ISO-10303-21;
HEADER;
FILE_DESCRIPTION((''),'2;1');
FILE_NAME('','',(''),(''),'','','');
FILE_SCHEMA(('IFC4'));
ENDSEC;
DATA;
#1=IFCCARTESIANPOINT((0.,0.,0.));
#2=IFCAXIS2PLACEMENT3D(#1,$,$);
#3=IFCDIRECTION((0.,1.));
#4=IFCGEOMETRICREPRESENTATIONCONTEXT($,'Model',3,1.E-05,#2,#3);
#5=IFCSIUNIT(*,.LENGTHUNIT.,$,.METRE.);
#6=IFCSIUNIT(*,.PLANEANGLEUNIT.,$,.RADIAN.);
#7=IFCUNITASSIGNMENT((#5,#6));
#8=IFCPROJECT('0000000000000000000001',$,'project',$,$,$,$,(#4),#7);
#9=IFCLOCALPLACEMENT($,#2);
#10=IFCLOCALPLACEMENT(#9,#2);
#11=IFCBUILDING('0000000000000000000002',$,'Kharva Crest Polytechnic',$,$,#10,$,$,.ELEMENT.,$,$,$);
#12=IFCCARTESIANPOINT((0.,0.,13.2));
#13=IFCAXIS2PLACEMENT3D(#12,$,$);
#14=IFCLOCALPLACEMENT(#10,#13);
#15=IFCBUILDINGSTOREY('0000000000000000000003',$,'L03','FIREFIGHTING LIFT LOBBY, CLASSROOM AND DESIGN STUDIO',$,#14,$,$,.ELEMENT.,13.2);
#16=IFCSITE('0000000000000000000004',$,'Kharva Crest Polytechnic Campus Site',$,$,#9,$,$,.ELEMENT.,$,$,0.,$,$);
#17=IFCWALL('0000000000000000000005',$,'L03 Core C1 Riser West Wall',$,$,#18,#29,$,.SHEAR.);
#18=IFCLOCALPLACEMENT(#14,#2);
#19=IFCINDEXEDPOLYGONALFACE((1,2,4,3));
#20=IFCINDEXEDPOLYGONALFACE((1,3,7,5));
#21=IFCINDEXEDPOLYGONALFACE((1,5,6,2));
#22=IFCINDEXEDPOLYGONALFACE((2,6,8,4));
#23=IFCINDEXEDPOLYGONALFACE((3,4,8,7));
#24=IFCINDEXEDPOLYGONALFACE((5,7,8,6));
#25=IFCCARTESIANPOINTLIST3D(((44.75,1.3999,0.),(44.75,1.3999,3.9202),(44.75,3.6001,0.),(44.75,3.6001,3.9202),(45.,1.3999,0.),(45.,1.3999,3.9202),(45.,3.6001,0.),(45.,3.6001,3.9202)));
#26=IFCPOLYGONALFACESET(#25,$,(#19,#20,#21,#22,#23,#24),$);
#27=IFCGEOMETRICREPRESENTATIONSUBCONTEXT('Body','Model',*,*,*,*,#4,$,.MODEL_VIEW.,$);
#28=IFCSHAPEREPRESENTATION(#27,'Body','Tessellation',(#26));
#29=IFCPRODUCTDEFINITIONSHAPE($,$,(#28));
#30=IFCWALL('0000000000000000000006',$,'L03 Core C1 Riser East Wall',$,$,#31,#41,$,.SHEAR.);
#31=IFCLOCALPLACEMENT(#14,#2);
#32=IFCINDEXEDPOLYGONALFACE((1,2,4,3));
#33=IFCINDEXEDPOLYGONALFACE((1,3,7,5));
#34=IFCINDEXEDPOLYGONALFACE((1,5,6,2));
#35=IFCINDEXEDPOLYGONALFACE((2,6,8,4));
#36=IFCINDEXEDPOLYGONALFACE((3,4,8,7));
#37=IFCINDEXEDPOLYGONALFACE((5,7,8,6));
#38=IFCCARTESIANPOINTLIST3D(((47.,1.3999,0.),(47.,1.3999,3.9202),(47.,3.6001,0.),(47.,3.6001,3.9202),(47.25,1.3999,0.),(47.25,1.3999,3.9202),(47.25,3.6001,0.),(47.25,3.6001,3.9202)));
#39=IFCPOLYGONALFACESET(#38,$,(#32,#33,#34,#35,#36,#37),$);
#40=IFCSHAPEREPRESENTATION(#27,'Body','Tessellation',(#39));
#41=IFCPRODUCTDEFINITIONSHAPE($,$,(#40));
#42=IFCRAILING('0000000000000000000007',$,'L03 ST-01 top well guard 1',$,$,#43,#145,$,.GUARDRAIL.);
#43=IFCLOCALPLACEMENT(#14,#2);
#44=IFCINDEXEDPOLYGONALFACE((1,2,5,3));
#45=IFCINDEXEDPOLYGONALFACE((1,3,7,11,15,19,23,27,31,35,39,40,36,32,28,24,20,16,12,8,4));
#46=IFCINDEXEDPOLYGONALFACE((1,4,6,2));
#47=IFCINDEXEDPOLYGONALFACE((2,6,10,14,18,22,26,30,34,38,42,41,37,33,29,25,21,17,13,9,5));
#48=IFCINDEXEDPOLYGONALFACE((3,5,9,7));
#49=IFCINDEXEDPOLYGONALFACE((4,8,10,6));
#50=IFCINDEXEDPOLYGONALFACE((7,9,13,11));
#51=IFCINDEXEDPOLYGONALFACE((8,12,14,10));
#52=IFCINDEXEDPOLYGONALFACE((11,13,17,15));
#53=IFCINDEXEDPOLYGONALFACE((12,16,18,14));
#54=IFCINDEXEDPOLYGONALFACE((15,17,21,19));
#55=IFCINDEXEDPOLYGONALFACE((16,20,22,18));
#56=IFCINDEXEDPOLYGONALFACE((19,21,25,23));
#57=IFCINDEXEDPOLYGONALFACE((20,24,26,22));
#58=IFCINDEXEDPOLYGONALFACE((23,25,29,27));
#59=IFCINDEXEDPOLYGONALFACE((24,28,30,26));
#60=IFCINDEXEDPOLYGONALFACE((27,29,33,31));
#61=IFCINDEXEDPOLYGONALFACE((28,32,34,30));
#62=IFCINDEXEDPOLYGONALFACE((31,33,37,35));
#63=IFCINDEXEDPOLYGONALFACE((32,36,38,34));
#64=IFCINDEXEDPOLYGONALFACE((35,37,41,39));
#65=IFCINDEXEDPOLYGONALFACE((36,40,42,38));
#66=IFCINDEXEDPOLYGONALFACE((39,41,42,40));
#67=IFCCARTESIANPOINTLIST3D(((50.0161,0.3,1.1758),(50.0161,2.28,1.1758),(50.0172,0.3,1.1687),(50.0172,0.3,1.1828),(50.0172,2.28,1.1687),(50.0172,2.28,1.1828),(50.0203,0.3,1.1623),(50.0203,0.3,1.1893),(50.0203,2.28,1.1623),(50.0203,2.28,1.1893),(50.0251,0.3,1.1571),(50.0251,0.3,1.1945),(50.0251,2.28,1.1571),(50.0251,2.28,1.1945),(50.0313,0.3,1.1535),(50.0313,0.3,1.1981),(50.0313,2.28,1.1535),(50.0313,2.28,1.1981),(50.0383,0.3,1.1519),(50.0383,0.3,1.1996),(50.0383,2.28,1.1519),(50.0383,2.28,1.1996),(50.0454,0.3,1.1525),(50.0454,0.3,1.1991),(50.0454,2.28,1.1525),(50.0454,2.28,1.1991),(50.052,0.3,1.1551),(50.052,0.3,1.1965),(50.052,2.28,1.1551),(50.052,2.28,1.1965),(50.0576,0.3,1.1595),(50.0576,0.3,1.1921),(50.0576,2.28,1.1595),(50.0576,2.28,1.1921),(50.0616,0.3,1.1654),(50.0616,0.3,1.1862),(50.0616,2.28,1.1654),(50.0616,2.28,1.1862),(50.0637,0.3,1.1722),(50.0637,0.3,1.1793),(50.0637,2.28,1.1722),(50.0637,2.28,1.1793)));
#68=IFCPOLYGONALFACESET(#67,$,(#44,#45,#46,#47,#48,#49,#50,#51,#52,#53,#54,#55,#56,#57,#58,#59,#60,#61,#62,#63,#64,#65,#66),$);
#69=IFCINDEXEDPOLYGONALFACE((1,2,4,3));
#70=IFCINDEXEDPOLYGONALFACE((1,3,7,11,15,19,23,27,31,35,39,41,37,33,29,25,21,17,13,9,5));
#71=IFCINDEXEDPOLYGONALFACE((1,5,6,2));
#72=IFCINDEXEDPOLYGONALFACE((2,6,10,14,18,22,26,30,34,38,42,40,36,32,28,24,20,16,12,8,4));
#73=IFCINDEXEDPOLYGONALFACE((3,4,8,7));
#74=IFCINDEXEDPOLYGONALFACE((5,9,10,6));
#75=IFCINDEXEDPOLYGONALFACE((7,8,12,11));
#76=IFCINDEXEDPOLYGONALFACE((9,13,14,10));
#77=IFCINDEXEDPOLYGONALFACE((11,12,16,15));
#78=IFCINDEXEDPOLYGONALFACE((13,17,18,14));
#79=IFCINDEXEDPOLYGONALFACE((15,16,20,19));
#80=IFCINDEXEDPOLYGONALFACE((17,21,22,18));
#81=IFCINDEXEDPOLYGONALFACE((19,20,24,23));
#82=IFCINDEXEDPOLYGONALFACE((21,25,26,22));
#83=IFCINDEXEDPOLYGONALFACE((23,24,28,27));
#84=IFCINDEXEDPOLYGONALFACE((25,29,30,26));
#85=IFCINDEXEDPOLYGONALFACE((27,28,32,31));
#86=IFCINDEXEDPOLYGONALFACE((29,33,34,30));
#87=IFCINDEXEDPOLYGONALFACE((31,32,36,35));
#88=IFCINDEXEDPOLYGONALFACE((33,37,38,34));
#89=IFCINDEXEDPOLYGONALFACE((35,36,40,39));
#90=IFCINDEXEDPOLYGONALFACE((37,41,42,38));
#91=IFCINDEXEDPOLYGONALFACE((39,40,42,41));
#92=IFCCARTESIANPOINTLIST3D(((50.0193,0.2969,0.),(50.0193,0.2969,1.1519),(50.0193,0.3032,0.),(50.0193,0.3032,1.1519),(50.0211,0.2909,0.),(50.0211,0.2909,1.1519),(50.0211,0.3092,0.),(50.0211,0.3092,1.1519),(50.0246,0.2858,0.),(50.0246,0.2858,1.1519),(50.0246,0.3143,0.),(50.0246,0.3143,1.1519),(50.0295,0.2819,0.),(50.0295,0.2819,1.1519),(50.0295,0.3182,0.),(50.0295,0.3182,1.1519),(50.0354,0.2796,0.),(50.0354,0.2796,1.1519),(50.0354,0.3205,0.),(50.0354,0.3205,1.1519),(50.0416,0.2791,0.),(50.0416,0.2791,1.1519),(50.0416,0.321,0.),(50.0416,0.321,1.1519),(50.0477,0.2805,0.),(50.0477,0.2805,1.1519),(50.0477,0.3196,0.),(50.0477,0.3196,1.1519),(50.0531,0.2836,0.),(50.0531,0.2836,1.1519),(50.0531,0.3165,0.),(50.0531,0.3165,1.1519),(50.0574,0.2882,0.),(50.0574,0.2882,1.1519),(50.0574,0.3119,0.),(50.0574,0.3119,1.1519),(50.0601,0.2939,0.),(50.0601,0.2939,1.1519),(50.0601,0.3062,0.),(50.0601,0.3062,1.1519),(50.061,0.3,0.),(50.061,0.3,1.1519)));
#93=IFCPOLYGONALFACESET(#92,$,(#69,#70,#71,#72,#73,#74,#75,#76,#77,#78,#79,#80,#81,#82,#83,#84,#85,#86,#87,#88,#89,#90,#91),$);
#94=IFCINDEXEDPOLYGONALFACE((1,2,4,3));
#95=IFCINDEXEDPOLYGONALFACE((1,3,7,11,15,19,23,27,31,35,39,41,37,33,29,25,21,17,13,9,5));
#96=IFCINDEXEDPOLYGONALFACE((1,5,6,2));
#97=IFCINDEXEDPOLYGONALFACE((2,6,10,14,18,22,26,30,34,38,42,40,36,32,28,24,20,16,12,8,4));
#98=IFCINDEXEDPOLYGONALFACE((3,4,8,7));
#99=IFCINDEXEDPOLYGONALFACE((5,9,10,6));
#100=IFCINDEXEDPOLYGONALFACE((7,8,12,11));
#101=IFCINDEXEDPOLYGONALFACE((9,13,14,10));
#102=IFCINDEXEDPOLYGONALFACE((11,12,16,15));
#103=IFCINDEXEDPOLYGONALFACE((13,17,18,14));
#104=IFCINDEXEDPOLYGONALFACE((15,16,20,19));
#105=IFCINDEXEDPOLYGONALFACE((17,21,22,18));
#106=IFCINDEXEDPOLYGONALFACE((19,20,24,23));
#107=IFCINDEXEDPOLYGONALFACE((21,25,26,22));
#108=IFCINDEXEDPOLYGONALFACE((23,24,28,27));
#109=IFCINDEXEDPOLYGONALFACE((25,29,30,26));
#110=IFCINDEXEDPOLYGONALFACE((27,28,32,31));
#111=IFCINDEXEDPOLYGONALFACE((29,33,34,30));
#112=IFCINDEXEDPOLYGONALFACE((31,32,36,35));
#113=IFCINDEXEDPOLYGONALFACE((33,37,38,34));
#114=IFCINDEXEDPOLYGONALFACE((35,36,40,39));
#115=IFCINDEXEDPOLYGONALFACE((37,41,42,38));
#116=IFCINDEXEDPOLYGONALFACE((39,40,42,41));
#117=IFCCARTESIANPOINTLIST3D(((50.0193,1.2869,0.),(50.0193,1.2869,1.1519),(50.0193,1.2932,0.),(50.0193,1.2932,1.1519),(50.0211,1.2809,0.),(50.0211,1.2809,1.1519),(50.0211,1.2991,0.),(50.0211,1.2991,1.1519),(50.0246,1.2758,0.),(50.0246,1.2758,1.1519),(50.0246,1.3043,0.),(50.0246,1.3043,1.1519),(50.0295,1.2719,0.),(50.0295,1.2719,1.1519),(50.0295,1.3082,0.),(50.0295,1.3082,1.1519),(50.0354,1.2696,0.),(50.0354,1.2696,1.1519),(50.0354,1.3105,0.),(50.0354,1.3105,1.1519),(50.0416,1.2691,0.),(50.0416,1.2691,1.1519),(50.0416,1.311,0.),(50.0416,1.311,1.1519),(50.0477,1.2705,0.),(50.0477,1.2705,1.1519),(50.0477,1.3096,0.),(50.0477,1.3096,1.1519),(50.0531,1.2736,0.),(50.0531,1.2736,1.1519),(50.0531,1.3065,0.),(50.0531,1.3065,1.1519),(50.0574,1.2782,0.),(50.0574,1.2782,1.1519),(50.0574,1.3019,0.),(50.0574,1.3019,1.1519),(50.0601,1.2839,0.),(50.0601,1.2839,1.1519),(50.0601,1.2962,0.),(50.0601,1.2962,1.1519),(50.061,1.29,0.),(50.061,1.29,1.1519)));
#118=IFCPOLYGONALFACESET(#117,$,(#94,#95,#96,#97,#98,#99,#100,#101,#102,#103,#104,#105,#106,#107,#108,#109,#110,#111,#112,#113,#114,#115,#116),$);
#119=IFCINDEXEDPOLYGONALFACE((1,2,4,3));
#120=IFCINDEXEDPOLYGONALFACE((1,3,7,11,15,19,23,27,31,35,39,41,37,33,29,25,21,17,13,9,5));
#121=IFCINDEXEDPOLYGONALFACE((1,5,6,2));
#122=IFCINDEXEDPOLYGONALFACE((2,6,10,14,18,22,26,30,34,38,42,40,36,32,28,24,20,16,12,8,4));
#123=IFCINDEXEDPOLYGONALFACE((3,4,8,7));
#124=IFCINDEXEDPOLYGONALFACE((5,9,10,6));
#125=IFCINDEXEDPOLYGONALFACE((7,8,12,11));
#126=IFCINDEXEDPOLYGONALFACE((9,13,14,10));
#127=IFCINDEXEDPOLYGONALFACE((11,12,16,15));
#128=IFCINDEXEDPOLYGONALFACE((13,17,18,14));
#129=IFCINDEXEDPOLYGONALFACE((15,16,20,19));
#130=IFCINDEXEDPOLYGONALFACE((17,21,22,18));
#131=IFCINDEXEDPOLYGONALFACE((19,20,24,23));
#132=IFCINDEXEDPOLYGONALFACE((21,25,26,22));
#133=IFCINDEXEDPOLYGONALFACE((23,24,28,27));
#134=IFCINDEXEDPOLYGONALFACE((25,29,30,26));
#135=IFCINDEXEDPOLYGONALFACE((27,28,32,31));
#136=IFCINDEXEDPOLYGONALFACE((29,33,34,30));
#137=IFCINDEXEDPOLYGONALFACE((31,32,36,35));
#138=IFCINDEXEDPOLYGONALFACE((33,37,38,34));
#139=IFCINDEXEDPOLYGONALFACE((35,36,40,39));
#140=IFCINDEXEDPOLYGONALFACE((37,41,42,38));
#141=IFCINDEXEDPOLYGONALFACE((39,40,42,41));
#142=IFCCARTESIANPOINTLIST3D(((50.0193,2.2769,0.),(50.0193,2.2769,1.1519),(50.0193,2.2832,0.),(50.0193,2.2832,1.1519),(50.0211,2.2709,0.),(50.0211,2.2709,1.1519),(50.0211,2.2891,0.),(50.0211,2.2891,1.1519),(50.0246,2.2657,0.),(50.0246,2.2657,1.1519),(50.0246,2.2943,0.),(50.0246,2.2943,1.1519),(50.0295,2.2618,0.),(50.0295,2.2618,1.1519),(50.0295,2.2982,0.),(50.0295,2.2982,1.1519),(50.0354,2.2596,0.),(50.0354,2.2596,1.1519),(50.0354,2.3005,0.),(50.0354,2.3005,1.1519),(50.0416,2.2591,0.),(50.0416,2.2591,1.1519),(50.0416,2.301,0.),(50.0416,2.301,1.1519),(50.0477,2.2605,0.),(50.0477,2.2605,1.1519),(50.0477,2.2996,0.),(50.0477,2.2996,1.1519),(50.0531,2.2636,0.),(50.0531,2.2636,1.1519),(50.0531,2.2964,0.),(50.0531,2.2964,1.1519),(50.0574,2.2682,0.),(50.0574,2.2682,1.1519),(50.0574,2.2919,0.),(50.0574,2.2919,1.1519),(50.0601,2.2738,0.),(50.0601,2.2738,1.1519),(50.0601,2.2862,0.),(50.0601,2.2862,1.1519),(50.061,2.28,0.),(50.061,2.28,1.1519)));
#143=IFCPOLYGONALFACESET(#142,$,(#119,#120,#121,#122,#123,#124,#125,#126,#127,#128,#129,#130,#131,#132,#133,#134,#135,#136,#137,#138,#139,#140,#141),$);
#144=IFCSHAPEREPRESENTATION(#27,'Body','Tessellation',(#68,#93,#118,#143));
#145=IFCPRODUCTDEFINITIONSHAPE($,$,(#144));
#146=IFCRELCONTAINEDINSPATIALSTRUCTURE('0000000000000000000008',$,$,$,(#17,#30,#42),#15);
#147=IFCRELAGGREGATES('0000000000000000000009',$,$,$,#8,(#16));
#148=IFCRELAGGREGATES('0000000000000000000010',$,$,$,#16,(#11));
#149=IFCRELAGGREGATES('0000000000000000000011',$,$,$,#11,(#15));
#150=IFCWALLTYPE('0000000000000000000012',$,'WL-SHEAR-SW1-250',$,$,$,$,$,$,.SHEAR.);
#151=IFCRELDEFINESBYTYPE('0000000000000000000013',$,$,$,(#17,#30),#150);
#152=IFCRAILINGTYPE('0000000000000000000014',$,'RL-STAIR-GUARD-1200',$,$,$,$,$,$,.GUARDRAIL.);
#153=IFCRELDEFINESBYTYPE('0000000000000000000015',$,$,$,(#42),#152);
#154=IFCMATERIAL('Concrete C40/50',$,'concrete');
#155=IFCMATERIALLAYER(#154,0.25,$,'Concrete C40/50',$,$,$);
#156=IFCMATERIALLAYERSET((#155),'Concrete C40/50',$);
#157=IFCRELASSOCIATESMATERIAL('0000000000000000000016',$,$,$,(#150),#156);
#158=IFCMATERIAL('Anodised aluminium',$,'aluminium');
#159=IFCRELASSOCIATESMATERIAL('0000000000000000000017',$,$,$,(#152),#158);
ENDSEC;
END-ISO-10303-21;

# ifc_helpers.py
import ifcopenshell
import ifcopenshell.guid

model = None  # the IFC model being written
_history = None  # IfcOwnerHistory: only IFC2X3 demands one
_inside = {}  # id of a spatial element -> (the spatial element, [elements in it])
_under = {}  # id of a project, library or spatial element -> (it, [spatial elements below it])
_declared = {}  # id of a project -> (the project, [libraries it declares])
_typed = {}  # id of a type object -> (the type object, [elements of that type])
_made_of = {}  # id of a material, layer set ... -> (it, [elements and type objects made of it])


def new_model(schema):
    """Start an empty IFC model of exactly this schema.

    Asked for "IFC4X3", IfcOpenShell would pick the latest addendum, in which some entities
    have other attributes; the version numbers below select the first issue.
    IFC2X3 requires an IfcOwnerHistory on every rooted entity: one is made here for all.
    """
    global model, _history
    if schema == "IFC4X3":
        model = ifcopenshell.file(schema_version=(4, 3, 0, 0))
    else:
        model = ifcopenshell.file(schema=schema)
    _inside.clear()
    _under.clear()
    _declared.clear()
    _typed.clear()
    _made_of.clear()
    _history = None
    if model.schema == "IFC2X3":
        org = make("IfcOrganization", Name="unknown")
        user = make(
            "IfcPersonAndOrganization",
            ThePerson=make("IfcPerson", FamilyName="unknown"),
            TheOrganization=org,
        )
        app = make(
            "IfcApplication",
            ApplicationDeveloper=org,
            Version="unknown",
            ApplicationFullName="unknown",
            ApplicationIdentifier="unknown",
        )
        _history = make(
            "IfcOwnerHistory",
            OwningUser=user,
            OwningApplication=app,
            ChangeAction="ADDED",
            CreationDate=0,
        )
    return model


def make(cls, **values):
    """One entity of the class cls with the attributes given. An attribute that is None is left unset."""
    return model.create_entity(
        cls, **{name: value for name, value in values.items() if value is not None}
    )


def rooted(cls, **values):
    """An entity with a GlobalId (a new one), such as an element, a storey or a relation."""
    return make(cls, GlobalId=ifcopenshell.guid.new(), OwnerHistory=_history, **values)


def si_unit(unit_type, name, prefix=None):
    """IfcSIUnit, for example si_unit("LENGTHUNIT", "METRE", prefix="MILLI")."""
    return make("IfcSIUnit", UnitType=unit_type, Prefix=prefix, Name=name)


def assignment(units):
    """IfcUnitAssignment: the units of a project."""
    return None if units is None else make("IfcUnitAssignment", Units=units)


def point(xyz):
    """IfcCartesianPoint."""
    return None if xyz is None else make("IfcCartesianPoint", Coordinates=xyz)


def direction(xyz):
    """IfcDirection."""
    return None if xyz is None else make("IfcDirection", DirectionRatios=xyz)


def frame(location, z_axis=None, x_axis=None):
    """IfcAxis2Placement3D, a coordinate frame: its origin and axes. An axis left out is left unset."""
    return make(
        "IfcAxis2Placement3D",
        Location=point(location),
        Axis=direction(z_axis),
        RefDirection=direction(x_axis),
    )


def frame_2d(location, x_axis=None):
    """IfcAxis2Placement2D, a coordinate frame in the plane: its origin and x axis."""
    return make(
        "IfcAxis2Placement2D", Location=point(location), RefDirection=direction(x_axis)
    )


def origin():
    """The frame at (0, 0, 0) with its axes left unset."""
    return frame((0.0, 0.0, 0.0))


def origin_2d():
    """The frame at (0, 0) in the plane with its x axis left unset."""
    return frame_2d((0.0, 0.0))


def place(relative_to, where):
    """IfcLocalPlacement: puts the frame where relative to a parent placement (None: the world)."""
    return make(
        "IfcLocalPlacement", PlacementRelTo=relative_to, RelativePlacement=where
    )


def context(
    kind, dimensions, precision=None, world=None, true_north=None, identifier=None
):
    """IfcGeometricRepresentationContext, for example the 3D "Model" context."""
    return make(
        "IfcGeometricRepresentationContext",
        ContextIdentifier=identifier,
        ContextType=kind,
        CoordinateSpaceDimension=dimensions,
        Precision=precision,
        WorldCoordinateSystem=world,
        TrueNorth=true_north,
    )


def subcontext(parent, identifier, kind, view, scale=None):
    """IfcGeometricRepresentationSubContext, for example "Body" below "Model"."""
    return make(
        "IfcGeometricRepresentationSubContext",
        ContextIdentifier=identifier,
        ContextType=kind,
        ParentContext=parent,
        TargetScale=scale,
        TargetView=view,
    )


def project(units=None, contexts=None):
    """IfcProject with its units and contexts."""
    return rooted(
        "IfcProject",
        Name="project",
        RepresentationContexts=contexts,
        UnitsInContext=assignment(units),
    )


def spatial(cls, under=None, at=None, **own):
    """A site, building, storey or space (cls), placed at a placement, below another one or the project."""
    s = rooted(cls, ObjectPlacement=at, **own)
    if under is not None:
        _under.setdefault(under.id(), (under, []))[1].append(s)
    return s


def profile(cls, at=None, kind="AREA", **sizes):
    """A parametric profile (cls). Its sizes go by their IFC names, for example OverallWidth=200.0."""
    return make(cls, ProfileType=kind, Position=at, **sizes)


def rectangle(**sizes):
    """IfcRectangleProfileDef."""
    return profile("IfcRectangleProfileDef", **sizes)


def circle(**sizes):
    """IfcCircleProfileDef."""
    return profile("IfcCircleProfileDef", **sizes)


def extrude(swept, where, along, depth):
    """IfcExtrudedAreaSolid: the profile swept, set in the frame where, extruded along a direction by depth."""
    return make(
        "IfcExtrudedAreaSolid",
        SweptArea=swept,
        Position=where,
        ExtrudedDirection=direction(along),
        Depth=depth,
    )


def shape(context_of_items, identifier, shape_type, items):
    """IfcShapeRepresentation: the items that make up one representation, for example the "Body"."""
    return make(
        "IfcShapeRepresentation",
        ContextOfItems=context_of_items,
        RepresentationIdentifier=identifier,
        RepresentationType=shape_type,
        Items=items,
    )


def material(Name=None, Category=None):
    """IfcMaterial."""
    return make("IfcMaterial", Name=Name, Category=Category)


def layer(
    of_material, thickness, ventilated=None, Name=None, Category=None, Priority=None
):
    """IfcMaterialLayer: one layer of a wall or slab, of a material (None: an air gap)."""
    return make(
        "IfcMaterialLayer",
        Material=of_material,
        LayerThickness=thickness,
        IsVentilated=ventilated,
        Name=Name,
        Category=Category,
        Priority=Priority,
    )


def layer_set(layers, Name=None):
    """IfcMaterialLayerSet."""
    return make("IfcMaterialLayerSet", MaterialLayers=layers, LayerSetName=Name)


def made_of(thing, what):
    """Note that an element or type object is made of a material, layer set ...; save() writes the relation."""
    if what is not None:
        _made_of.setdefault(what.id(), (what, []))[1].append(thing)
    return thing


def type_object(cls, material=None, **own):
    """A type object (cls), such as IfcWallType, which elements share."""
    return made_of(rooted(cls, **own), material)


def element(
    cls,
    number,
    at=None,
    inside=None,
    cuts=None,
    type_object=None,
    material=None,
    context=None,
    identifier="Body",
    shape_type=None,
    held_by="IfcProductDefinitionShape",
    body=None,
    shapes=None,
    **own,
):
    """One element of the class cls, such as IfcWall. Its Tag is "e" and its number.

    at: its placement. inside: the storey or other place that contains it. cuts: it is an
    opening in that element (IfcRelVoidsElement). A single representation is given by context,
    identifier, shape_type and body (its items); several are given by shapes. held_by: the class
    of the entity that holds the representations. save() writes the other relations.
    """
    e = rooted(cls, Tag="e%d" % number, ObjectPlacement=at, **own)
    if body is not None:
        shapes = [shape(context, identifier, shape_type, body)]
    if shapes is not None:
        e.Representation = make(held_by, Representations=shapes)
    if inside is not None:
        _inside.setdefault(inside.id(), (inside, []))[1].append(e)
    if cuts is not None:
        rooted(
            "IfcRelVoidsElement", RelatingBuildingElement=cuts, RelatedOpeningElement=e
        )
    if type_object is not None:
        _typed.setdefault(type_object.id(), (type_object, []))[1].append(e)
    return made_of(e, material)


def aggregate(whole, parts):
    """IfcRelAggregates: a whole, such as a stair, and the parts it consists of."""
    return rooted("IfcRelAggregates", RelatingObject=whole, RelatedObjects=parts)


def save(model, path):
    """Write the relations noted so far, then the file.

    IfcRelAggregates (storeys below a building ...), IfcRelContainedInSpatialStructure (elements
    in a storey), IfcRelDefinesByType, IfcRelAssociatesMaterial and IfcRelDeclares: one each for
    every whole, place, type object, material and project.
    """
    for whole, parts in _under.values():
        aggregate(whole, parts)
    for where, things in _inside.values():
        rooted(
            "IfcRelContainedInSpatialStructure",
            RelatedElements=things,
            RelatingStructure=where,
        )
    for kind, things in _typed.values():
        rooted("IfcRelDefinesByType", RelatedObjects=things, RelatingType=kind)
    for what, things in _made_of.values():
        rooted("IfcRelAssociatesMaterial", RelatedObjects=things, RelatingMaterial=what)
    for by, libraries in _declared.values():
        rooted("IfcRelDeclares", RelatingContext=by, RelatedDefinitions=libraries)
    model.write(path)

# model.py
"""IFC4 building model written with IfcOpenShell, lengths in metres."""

from ifc_helpers import new_model, si_unit, direction, frame, frame_2d, origin, origin_2d, place, context, subcontext, project, spatial, rectangle, circle, extrude, material, layer, layer_set, type_object, element, save


model = new_model("IFC4")

# Units and contexts
model_context = context("Model", 3, precision=1e-05, world=origin(), true_north=direction((0.0, 1.0)))
body_context = subcontext(model_context, "Body", "Model", "MODEL_VIEW")
ifc_project = project(units=[si_unit("LENGTHUNIT", "METRE"), si_unit("PLANEANGLEUNIT", "RADIAN")], contexts=[model_context])

# Site, building, storey
site_placement = place(None, origin())
site = spatial("IfcSite", under=ifc_project, at=site_placement, Name="Kharva Crest Polytechnic Campus Site", CompositionType="ELEMENT", RefElevation=0.0)
building_placement = place(site_placement, origin())
building = spatial("IfcBuilding", under=site, at=building_placement, Name="Kharva Crest Polytechnic", CompositionType="ELEMENT")
storey_placement = place(building_placement, frame((0.0, 0.0, 13.2)))
storey = spatial("IfcBuildingStorey", under=building, at=storey_placement, Name="L03", Description="FIREFIGHTING LIFT LOBBY, CLASSROOM AND DESIGN STUDIO", CompositionType="ELEMENT", Elevation=13.2)

# Shared definitions
ifc_material_1 = material(Name="Concrete C40/50", Category="concrete")

# Shared definitions
ifc_material_2 = material(Name="Anodised aluminium", Category="aluminium")

# Shared definitions
ifc_layer_1 = layer(ifc_material_1, 0.25, Name="Concrete C40/50")
ifc_layer_set_1 = layer_set([ifc_layer_1], Name="Concrete C40/50")
wall_type_1 = type_object("IfcWallType", Name="WL-SHEAR-SW1-250", PredefinedType="SHEAR", material=ifc_layer_set_1)

# Walls
for number, where, z_axis, x_axis, name in (
    (1, (44.875, 1.3999, 0.0), (0.0, 0.0, 1.0), (0.0, 1.0, 0.0), "L03 Core C1 Riser West Wall"),
    (2, (47.125, 1.3999, 0.0), (0.0, 0.0, 1.0), (0.0, 1.0, 0.0), "L03 Core C1 Riser East Wall"),
):
    element("IfcWall", number, at=place(storey_placement, frame(where, z_axis=z_axis, x_axis=x_axis)), inside=storey, type_object=wall_type_1, Name=name, PredefinedType="SHEAR", context=body_context, shape_type="SweptSolid", body=[
        extrude(rectangle(XDim=2.2002, YDim=0.25, at=frame_2d((1.1001, 0.0))), origin(), (0.0, 0.0, 1.0), 3.9202),
    ])

# Railing
railing_type = type_object("IfcRailingType", Name="RL-STAIR-GUARD-1200", PredefinedType="GUARDRAIL", material=ifc_material_2)
railing_placement = place(storey_placement, frame((50.04, 0.3, 0.0)))
element("IfcRailing", 3, at=railing_placement, inside=storey, type_object=railing_type, Name="L03 ST-01 top well guard 1", PredefinedType="GUARDRAIL", context=body_context, shape_type="SweptSolid", body=[
    extrude(circle(Radius=0.0239, at=origin_2d()), frame((0.0, 0.0, 1.1758), z_axis=(0.0, 1.0, 0.0), x_axis=(-1.0, 0.0, 0.0)), (0.0, 0.0, 1.0), 1.98),
    extrude(circle(Radius=0.021, at=origin_2d()), origin(), (0.0, 0.0, 1.0), 1.1519),
    extrude(circle(Radius=0.021, at=origin_2d()), frame((0.0, 0.99, 0.0)), (0.0, 0.0, 1.0), 1.1519),
    extrude(circle(Radius=0.021, at=origin_2d()), frame((0.0, 1.98, 0.0)), (0.0, 0.0, 1.0), 1.1519),
])

save(model, "model.ifc")
